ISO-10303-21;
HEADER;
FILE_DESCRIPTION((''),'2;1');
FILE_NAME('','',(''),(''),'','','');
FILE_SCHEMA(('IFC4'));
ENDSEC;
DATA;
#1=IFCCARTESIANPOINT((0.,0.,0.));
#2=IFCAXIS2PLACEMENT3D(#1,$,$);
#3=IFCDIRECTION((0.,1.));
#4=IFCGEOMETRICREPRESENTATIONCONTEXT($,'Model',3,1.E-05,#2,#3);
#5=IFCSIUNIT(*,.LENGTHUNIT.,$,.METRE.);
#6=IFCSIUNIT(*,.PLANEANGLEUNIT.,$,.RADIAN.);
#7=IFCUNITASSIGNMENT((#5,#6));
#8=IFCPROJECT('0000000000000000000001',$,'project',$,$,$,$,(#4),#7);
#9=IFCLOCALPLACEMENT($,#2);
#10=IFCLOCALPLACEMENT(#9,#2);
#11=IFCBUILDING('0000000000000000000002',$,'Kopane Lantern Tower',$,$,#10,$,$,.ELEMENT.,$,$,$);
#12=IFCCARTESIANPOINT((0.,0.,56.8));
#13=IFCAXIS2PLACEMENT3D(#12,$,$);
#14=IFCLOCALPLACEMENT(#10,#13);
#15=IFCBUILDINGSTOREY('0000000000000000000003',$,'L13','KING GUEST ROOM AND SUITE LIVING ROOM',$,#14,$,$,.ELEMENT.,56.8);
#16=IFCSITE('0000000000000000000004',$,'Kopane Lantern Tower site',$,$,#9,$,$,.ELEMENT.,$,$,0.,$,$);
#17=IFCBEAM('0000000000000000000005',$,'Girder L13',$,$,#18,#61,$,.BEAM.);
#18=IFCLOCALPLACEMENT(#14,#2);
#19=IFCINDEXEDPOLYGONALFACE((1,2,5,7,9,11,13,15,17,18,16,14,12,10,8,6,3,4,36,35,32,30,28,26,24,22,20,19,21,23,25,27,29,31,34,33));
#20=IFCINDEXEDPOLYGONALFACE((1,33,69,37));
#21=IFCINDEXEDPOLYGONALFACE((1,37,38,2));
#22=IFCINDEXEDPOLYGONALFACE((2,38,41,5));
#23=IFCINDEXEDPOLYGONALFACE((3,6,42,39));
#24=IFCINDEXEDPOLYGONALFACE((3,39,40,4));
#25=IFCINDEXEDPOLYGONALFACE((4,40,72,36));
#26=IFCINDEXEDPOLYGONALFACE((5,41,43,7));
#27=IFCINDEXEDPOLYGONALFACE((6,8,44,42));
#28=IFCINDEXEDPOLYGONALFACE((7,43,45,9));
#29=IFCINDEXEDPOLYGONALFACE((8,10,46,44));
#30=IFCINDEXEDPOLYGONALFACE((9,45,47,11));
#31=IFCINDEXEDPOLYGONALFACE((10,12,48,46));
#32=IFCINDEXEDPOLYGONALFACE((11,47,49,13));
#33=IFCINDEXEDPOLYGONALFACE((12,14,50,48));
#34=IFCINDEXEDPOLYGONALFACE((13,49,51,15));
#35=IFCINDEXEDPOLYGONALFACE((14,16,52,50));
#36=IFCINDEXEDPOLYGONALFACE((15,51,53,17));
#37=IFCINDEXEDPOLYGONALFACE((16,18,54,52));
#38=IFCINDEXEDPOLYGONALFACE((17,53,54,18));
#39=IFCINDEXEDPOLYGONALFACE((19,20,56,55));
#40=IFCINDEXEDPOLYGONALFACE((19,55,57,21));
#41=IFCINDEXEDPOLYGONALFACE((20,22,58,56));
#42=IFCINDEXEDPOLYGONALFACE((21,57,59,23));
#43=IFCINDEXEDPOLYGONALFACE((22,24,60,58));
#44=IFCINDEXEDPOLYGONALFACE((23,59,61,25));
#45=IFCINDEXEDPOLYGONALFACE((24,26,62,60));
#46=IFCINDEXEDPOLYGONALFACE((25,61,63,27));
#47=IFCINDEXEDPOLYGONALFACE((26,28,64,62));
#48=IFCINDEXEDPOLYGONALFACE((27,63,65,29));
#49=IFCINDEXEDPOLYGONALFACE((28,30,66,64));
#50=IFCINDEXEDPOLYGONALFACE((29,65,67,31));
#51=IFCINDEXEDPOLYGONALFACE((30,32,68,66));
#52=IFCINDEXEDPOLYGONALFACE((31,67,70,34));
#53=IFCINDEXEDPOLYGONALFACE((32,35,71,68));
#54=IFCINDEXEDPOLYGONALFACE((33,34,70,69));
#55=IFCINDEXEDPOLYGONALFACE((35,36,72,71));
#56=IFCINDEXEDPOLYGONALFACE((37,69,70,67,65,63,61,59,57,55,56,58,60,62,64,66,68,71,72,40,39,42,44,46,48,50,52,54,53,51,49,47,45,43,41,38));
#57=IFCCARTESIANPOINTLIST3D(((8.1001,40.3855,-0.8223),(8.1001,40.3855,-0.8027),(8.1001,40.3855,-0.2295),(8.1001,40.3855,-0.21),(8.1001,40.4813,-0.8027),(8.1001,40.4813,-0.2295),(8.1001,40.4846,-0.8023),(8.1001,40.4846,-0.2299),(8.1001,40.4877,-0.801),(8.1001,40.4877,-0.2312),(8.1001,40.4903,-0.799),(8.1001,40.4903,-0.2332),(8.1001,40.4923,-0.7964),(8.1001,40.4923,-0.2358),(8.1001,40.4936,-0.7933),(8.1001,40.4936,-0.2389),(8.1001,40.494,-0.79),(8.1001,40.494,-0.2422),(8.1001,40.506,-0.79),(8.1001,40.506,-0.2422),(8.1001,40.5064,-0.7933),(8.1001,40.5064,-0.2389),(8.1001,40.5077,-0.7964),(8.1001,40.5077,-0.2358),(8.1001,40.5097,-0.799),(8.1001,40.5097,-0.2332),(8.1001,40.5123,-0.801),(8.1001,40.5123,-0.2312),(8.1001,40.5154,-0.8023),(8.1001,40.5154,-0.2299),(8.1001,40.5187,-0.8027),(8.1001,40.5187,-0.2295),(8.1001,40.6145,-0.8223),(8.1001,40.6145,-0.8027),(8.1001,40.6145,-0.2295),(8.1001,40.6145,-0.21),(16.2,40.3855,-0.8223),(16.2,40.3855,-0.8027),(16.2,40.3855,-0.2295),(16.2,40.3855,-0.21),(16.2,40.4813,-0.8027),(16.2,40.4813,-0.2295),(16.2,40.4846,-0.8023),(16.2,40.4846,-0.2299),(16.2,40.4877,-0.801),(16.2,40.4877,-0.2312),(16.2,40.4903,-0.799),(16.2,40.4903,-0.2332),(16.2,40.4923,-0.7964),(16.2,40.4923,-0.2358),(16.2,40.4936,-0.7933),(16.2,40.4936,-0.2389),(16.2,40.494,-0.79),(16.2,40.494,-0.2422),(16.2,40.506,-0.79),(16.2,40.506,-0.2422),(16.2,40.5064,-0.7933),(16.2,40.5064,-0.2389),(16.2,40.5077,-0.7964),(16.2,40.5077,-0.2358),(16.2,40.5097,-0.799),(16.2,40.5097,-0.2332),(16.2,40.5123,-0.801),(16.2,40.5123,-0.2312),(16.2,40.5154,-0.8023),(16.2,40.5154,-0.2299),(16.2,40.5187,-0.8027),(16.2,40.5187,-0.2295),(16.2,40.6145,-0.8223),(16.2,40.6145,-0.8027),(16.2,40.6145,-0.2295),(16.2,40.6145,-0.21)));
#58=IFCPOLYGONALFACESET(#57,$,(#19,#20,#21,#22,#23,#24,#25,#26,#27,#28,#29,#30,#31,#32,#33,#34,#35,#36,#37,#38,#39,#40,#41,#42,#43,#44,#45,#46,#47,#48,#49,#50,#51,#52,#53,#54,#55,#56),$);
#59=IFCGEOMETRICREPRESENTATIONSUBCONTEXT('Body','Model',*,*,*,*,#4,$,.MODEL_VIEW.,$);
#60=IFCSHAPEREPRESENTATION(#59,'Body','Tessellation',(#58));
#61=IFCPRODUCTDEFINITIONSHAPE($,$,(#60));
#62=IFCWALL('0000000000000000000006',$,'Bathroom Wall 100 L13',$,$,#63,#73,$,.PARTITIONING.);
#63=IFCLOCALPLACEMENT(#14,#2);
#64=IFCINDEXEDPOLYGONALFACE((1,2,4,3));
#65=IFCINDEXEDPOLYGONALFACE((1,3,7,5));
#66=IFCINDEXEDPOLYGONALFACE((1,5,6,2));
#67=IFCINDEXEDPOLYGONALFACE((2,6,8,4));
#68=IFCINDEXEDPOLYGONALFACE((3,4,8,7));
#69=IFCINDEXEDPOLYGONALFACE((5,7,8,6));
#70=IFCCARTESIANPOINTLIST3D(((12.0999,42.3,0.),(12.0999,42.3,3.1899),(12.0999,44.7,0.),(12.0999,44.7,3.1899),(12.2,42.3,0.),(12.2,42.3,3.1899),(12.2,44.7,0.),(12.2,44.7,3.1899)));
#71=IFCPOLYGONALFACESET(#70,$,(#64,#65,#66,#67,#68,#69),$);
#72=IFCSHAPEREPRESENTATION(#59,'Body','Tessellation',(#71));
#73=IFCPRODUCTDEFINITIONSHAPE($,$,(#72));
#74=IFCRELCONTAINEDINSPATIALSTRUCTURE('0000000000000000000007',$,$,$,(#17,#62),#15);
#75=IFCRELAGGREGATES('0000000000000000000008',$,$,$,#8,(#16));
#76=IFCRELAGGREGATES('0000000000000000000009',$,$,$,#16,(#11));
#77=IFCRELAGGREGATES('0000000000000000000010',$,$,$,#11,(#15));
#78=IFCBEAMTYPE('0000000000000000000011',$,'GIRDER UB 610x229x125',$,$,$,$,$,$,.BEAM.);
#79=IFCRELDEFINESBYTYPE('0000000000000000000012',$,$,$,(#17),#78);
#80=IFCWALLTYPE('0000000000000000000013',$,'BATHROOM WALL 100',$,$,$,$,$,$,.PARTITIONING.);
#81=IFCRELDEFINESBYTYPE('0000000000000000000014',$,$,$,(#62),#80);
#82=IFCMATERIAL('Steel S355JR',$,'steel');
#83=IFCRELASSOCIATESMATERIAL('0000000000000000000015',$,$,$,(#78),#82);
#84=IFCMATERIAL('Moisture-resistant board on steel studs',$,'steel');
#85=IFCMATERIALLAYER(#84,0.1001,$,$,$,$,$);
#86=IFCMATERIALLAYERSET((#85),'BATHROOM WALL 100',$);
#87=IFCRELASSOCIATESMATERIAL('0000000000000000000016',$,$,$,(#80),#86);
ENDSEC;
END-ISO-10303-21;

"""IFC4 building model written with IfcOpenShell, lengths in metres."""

from ifc_helpers import new_model, si_unit, direction, frame, frame_2d, origin, origin_2d, place, context, subcontext, project, spatial, rectangle, i_section, extrude, material, layer, layer_set, material_profile, profile_set, type_object, element, save


model = new_model("IFC4")

# Units and contexts
model_context = context("Model", 3, precision=1e-05, world=origin(), true_north=direction((0.0, 1.0)))
body_context = subcontext(model_context, "Body", "Model", "MODEL_VIEW")
ifc_project = project(units=[si_unit("LENGTHUNIT", "METRE"), si_unit("PLANEANGLEUNIT", "RADIAN")], contexts=[model_context])

# Site, building, storey
site_placement = place(None, origin())
site = spatial("IfcSite", under=ifc_project, at=site_placement, Name="Kopane Lantern Tower site", CompositionType="ELEMENT", RefElevation=0.0)
building_placement = place(site_placement, origin())
building = spatial("IfcBuilding", under=site, at=building_placement, Name="Kopane Lantern Tower", CompositionType="ELEMENT")
storey_placement = place(building_placement, frame((0.0, 0.0, 56.8)))
storey = spatial("IfcBuildingStorey", under=building, at=storey_placement, Name="L13", Description="KING GUEST ROOM AND SUITE LIVING ROOM", CompositionType="ELEMENT", Elevation=56.8)

# Beam
ifc_material_1 = material(Name="Steel S355JR", Category="steel")
ifc_material_profile = material_profile(ifc_material_1, i_section(OverallWidth=0.229, OverallDepth=0.6123, WebThickness=0.012, FlangeThickness=0.0195, FilletRadius=0.0127, at=origin_2d()), Name="UB 610x229x125")
ifc_profile_set = profile_set([ifc_material_profile], Name="Steel S355JR")
beam_type = type_object("IfcBeamType", Name="GIRDER UB 610x229x125", PredefinedType="BEAM", material=ifc_profile_set)
beam_placement = place(storey_placement, frame((8.1001, 40.5, -0.5161), z_axis=(1.0, 0.0, 0.0), x_axis=(0.0, 1.0, 0.0)))
element("IfcBeam", 1, at=beam_placement, inside=storey, type_object=beam_type, Name="Girder L13", PredefinedType="BEAM", context=body_context, shape_type="SweptSolid", body=[
    extrude(i_section(OverallWidth=0.229, OverallDepth=0.6123, WebThickness=0.012, FlangeThickness=0.0195, FilletRadius=0.0127, at=origin_2d()), origin(), (0.0, 0.0, 1.0), 8.0999),
])

# Wall
ifc_material_2 = material(Name="Moisture-resistant board on steel studs", Category="steel")
ifc_layer_1 = layer(ifc_material_2, 0.1001)
ifc_layer_set_1 = layer_set([ifc_layer_1], Name="BATHROOM WALL 100")
wall_type_1 = type_object("IfcWallType", Name="BATHROOM WALL 100", PredefinedType="PARTITIONING", material=ifc_layer_set_1)
wall_1_placement = place(storey_placement, frame((12.1499, 42.3, 0.0), z_axis=(0.0, 0.0, 1.0), x_axis=(0.0, 1.0, 0.0)))
element("IfcWall", 2, at=wall_1_placement, inside=storey, type_object=wall_type_1, Name="Bathroom Wall 100 L13", PredefinedType="PARTITIONING", context=body_context, shape_type="SweptSolid", body=[
    extrude(rectangle(XDim=2.3999, YDim=0.1001, at=frame_2d((1.2, 0.0))), origin(), (0.0, 0.0, 1.0), 3.1899),
])

save(model, "model.ifc")
